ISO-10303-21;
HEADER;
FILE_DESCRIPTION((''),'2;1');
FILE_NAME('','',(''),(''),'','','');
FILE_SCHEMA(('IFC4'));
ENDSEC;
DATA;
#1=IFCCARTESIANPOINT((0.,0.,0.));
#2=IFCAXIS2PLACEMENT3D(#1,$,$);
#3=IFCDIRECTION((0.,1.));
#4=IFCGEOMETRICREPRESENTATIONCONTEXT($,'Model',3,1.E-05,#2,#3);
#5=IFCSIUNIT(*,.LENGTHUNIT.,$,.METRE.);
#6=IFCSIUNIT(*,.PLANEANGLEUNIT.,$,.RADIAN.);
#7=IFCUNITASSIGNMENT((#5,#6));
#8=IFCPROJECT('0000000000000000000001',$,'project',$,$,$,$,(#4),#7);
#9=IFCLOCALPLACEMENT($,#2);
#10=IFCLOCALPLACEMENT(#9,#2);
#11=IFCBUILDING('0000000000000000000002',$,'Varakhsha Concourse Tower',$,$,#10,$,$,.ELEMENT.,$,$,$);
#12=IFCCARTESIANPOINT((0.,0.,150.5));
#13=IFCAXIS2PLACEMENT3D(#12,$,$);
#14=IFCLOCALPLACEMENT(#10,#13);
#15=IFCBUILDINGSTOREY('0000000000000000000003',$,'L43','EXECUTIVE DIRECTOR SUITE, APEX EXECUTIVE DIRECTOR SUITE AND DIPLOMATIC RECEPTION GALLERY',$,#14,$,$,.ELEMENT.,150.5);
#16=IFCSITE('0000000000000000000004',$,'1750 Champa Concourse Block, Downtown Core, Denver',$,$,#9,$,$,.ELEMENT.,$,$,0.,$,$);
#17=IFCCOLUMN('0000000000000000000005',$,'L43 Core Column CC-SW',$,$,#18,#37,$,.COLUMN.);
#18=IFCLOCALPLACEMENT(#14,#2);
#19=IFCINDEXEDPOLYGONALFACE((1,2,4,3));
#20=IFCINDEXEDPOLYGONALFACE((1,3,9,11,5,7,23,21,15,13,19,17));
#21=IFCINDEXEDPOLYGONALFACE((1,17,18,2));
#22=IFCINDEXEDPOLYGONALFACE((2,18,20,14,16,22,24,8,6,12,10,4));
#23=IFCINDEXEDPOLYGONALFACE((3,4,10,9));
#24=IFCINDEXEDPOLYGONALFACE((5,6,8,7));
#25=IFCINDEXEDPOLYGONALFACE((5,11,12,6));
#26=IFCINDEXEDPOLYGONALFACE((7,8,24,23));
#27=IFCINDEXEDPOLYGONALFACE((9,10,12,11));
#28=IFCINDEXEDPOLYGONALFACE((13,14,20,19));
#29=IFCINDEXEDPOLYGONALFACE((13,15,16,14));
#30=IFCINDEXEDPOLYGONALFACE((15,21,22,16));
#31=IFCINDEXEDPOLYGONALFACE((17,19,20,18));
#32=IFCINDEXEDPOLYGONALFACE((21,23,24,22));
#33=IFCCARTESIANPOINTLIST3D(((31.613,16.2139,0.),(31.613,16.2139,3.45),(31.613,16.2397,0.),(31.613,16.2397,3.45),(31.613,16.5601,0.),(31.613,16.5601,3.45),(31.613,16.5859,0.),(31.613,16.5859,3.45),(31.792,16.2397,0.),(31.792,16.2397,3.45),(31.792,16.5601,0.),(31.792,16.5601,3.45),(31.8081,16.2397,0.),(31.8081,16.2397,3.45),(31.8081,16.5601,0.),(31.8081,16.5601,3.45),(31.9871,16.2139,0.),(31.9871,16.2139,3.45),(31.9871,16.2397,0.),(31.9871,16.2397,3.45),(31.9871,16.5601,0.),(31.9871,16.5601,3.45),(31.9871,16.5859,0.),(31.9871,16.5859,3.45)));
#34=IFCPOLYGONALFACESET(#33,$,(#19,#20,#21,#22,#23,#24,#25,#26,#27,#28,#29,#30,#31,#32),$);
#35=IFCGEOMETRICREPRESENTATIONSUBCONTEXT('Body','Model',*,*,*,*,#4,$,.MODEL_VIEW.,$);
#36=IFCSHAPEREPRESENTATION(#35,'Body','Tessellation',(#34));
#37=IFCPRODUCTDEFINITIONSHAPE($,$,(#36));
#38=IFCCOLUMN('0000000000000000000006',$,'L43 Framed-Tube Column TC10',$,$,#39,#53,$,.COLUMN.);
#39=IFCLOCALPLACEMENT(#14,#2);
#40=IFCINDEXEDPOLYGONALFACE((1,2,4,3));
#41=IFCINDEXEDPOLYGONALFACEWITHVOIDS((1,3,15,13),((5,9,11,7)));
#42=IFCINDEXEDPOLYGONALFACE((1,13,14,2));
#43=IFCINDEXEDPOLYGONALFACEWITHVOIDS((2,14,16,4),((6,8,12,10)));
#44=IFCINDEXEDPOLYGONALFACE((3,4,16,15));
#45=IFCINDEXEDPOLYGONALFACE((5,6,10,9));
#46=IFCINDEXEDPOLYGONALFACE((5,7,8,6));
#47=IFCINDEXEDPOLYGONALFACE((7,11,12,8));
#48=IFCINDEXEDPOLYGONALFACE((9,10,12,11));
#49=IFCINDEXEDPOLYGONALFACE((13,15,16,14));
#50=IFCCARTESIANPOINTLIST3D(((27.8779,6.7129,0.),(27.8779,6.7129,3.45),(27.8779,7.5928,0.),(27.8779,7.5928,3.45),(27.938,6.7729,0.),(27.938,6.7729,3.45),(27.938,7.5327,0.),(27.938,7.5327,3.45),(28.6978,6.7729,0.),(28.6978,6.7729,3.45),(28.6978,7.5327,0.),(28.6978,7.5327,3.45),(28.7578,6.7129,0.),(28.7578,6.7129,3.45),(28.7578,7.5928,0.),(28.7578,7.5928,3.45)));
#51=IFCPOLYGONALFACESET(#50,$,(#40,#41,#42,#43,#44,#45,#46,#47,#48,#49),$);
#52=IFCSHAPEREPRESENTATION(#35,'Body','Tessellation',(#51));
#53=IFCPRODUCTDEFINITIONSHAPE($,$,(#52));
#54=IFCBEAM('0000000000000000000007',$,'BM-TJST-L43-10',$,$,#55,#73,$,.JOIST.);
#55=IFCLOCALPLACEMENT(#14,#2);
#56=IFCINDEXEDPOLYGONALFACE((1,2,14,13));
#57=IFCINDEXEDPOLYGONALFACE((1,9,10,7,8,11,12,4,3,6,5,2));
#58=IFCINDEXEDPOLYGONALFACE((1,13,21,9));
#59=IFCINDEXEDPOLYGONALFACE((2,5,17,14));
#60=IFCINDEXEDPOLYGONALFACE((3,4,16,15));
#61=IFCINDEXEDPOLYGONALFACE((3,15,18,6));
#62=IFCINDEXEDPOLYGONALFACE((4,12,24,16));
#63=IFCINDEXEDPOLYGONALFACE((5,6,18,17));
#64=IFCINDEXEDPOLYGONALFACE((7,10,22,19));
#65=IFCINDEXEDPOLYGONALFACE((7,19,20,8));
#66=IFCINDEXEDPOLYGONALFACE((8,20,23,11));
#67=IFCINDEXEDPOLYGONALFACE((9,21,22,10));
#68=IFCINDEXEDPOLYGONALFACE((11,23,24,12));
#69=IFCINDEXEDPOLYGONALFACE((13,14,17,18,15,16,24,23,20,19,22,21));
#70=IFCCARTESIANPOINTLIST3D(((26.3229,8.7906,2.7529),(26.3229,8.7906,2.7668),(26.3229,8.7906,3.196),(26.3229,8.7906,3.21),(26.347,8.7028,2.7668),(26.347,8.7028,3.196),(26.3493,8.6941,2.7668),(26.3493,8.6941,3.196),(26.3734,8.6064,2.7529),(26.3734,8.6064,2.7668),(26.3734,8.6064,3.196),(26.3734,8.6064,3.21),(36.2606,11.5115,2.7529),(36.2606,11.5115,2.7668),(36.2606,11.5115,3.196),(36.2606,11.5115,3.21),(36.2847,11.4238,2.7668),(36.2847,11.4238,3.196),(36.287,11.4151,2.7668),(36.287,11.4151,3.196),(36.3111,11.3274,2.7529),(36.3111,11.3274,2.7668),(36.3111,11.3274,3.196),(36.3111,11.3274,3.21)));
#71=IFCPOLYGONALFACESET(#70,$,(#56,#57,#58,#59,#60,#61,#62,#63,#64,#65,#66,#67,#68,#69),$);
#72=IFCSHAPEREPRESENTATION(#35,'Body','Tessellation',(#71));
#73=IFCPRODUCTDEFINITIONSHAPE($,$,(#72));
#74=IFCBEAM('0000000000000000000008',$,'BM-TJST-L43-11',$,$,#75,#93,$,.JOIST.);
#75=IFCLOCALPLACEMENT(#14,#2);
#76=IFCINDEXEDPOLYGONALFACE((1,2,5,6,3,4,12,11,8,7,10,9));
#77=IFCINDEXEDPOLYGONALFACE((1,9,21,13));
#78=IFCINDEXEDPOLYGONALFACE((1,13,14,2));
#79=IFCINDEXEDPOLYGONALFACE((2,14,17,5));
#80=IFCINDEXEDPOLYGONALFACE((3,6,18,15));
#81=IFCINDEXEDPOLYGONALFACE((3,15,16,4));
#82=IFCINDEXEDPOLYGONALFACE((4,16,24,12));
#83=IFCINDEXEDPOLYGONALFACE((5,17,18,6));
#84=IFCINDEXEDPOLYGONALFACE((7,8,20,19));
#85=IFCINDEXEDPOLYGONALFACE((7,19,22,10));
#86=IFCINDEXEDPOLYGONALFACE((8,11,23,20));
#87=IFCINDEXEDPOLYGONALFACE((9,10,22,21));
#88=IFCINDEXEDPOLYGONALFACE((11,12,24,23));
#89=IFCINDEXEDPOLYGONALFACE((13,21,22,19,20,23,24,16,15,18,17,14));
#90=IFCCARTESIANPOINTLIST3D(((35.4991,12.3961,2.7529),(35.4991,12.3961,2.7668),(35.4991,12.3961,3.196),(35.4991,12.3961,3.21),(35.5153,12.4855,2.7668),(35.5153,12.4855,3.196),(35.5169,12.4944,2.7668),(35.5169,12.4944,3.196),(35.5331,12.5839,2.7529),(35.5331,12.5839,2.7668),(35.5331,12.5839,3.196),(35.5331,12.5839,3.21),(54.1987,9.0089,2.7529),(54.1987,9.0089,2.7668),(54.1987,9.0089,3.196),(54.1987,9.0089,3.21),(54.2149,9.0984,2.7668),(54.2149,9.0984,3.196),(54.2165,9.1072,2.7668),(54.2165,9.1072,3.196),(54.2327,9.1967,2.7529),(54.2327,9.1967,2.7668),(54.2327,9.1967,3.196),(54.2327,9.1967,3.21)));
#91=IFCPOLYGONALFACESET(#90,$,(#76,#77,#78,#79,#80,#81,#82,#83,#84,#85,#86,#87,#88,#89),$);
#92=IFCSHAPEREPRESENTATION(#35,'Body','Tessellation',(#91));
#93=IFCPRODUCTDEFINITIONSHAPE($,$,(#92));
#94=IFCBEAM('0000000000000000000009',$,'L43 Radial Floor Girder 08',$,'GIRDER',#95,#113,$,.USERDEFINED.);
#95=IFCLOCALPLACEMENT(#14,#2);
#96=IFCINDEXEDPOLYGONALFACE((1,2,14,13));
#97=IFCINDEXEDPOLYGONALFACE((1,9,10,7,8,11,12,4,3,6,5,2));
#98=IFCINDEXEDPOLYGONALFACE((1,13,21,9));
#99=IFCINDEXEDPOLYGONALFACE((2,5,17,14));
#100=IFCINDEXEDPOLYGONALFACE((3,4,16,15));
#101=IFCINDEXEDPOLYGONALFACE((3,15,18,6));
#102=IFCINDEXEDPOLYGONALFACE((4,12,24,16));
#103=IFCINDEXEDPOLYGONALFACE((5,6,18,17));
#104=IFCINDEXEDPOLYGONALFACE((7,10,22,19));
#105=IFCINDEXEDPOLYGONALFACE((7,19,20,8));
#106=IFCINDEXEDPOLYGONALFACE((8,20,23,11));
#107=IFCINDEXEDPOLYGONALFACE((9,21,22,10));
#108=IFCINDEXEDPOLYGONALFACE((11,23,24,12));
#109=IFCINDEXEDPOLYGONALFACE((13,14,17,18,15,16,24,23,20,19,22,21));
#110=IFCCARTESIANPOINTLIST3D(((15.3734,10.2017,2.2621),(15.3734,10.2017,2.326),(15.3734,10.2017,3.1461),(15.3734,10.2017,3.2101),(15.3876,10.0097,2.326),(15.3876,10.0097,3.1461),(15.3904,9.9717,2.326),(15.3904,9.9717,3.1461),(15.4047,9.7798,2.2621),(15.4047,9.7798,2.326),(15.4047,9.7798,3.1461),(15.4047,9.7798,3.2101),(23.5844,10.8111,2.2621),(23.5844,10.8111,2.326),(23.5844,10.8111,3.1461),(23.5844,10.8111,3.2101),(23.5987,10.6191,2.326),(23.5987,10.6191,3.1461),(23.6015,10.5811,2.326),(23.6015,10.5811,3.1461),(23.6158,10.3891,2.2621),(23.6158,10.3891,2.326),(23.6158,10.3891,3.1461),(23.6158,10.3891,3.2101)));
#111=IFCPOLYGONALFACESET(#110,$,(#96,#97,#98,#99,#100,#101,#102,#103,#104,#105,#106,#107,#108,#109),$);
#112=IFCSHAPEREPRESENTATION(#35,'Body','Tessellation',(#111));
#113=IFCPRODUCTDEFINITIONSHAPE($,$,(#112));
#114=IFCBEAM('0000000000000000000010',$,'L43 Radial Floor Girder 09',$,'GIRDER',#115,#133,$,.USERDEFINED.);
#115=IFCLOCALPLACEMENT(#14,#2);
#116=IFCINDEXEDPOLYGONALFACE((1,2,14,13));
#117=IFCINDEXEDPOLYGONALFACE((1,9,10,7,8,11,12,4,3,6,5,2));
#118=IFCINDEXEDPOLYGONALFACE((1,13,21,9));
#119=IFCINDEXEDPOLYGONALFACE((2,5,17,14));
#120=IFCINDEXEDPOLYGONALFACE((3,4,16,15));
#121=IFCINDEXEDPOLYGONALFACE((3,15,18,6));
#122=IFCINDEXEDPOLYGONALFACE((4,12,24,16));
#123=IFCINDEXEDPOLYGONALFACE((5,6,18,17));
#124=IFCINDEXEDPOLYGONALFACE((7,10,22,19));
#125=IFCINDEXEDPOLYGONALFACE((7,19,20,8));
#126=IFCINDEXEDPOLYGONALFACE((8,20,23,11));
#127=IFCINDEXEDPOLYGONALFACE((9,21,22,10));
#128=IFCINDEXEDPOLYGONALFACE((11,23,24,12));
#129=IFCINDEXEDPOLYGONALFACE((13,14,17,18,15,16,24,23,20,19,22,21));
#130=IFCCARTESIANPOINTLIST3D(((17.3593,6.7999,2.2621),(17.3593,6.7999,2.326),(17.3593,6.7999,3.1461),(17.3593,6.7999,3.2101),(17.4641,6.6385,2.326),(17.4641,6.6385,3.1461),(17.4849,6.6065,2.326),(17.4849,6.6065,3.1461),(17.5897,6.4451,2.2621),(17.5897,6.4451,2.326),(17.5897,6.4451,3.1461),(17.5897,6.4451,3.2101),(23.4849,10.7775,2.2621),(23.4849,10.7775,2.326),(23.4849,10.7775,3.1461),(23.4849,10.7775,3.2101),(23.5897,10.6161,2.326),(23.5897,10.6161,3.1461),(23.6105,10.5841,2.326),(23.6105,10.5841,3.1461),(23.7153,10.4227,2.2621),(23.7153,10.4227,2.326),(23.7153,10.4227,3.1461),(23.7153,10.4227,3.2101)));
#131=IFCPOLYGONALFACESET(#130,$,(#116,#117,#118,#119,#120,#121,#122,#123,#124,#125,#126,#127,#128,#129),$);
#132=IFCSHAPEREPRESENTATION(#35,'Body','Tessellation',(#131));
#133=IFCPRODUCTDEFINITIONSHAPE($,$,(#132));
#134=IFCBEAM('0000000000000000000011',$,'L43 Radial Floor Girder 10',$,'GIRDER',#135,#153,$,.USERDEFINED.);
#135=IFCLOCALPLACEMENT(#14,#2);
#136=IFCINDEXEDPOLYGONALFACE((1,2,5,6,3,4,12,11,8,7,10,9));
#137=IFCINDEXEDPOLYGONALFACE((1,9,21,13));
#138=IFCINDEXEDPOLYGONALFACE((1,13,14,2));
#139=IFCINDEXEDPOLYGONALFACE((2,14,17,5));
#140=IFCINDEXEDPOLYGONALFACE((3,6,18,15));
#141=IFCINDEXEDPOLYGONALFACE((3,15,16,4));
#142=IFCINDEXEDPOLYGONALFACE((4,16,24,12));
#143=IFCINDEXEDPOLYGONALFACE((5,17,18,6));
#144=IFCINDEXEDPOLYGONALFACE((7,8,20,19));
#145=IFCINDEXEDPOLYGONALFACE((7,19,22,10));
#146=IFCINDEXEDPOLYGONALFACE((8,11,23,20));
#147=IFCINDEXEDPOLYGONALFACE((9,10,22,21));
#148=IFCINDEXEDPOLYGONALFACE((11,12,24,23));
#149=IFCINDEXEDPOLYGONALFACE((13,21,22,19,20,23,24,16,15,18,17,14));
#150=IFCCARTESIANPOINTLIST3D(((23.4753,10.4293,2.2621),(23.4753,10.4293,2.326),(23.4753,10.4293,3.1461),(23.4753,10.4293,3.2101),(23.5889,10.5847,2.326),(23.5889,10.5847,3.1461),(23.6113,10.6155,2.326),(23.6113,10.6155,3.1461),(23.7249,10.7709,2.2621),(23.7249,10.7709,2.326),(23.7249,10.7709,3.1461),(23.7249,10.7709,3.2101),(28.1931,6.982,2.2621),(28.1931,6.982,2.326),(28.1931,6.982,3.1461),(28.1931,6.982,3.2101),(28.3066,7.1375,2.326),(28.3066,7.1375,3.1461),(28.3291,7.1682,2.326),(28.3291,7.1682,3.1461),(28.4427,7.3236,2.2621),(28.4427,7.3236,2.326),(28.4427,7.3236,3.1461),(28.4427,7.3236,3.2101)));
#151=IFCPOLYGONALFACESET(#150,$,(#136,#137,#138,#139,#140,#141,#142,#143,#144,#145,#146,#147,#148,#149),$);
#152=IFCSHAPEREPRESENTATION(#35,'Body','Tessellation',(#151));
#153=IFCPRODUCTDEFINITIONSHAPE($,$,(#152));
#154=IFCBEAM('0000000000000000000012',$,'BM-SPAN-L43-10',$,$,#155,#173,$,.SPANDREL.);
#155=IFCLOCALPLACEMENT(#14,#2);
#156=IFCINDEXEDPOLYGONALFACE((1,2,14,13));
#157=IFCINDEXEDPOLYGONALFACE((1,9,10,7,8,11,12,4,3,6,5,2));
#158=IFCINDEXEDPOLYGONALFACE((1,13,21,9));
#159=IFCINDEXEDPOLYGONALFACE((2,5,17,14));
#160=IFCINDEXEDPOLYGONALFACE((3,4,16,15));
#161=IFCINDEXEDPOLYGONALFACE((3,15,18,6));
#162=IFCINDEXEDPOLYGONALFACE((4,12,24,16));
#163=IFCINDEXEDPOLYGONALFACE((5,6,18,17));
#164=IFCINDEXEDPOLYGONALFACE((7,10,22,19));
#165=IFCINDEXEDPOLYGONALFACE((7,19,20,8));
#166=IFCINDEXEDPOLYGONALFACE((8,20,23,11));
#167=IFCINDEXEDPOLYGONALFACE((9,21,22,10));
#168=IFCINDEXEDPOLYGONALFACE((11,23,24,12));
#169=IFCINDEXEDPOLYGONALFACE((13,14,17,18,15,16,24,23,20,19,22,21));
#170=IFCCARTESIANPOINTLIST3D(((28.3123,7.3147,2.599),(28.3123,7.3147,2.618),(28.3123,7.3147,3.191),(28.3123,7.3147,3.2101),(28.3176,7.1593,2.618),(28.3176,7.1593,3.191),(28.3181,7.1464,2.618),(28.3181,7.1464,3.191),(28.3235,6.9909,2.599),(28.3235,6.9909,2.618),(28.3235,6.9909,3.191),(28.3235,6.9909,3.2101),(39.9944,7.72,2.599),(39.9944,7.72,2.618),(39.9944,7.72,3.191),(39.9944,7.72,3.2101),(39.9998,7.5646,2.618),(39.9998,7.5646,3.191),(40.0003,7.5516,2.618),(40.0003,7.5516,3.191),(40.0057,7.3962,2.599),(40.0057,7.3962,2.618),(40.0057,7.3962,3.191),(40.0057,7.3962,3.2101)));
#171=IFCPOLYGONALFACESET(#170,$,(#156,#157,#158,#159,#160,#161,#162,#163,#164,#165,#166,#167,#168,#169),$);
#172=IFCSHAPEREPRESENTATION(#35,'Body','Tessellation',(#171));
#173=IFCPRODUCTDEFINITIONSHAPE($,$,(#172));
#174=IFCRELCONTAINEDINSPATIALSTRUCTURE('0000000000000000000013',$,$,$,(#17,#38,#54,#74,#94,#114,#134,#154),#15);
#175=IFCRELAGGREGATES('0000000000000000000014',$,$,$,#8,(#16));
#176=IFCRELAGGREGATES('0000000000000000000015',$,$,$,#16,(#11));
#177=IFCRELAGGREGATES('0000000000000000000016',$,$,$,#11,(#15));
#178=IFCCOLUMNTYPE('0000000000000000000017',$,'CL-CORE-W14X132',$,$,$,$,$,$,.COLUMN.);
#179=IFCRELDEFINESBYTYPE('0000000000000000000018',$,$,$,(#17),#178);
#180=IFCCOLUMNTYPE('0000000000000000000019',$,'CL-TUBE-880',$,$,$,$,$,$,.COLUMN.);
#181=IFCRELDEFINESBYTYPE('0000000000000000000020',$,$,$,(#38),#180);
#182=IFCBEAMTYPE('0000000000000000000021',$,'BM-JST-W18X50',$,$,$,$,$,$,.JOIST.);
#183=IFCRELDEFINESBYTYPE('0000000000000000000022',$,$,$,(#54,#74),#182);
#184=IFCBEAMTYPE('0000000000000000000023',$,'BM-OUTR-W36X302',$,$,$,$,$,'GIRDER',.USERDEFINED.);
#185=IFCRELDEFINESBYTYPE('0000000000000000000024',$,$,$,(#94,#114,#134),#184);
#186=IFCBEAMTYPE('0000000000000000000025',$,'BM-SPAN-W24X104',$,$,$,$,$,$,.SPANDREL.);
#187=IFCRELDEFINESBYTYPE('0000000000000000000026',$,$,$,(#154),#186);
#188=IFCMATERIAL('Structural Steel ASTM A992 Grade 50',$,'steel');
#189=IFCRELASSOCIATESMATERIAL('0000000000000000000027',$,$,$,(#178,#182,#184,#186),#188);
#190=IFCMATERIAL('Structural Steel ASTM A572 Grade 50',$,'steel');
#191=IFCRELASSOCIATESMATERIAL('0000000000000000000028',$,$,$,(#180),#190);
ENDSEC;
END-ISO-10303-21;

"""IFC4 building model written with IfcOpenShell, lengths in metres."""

from ifc_helpers import new_model, si_unit, direction, frame, origin, origin_2d, place, context, subcontext, project, spatial, hollow_rectangle, i_section, extrude, material, material_profile, profile_set, type_object, element, save


model = new_model("IFC4")

# Units and contexts
model_context = context("Model", 3, precision=1e-05, world=origin(), true_north=direction((0.0, 1.0)))
body_context = subcontext(model_context, "Body", "Model", "MODEL_VIEW")
ifc_project = project(units=[si_unit("LENGTHUNIT", "METRE"), si_unit("PLANEANGLEUNIT", "RADIAN")], contexts=[model_context])

# Site, building, storey
site_placement = place(None, origin())
site = spatial("IfcSite", under=ifc_project, at=site_placement, Name="1750 Champa Concourse Block, Downtown Core, Denver", CompositionType="ELEMENT", RefElevation=0.0)
building_placement = place(site_placement, origin())
building = spatial("IfcBuilding", under=site, at=building_placement, Name="Varakhsha Concourse Tower", CompositionType="ELEMENT")
storey_placement = place(building_placement, frame((0.0, 0.0, 150.5)))
storey = spatial("IfcBuildingStorey", under=building, at=storey_placement, Name="L43", Description="EXECUTIVE DIRECTOR SUITE, APEX EXECUTIVE DIRECTOR SUITE AND DIPLOMATIC RECEPTION GALLERY", CompositionType="ELEMENT", Elevation=150.5)

# Columns
ifc_material_1 = material(Name="Structural Steel ASTM A992 Grade 50", Category="steel")
ifc_material_profile_1 = material_profile(ifc_material_1, i_section(OverallWidth=0.374, OverallDepth=0.3721, WebThickness=0.0161, FlangeThickness=0.0259, at=origin_2d()), Name="W14X132")
ifc_profile_set_1 = profile_set([ifc_material_profile_1], Name="Structural Steel ASTM A992 Grade 50")
column_type_1 = type_object("IfcColumnType", Name="CL-CORE-W14X132", PredefinedType="COLUMN", material=ifc_profile_set_1)
column_1_placement = place(storey_placement, frame((31.8, 16.3999, 0.0), z_axis=(0.0, 0.0, 1.0), x_axis=(1.0, 0.0, 0.0)))
element("IfcColumn", 1, at=column_1_placement, inside=storey, type_object=column_type_1, Name="L43 Core Column CC-SW", PredefinedType="COLUMN", context=body_context, shape_type="SweptSolid", body=[
    extrude(i_section(OverallWidth=0.374, OverallDepth=0.3721, WebThickness=0.0161, FlangeThickness=0.0259, at=origin_2d()), origin(), (0.0, 0.0, 1.0), 3.45),
])
ifc_material_2 = material(Name="Structural Steel ASTM A572 Grade 50", Category="steel")
ifc_material_profile_2 = material_profile(ifc_material_2, hollow_rectangle(XDim=0.8799, YDim=0.8799, WallThickness=0.0601, at=origin_2d()), Name="BOX 880x880x60")
ifc_profile_set_2 = profile_set([ifc_material_profile_2], Name="Structural Steel ASTM A572 Grade 50")
column_type_2 = type_object("IfcColumnType", Name="CL-TUBE-880", PredefinedType="COLUMN", material=ifc_profile_set_2)
column_2_placement = place(storey_placement, frame((28.3179, 7.1528, 0.0), z_axis=(0.0, 0.0, 1.0), x_axis=(1.0, 0.0, 0.0)))
element("IfcColumn", 2, at=column_2_placement, inside=storey, type_object=column_type_2, Name="L43 Framed-Tube Column TC10", PredefinedType="COLUMN", context=body_context, shape_type="SweptSolid", body=[
    extrude(hollow_rectangle(XDim=0.8799, YDim=0.8799, WallThickness=0.0601, at=origin_2d()), origin(), (0.0, 0.0, 1.0), 3.45),
])

# Beams
ifc_material_profile_3 = material_profile(ifc_material_1, i_section(OverallWidth=0.1909, OverallDepth=0.457, WebThickness=0.009, FlangeThickness=0.0139, at=origin_2d()), Name="W18X50")
ifc_profile_set_3 = profile_set([ifc_material_profile_3], Name="Structural Steel ASTM A992 Grade 50")
beam_type_1 = type_object("IfcBeamType", Name="BM-JST-W18X50", PredefinedType="JOIST", material=ifc_profile_set_3)
beam_1_placement = place(storey_placement, frame((26.3481, 8.6985, 2.9814), z_axis=(0.964501, 0.26408, 0.0), x_axis=(-0.26408, 0.964501, 0.0)))
element("IfcBeam", 3, at=beam_1_placement, inside=storey, type_object=beam_type_1, Name="BM-TJST-L43-10", PredefinedType="JOIST", context=body_context, shape_type="SweptSolid", body=[
    extrude(i_section(OverallWidth=0.1909, OverallDepth=0.457, WebThickness=0.009, FlangeThickness=0.0139, at=origin_2d()), origin(), (0.0, 0.0, 1.0), 10.3035),
])
beam_2_placement = place(storey_placement, frame((35.5161, 12.49, 2.9814), z_axis=(0.983988, -0.178236, 0.0), x_axis=(0.178236, 0.983988, 0.0)))
element("IfcBeam", 4, at=beam_2_placement, inside=storey, type_object=beam_type_1, Name="BM-TJST-L43-11", PredefinedType="JOIST", context=body_context, shape_type="SweptSolid", body=[
    extrude(i_section(OverallWidth=0.1909, OverallDepth=0.457, WebThickness=0.009, FlangeThickness=0.0139, at=origin_2d()), origin(), (0.0, 0.0, 1.0), 19.0039),
])
ifc_material_profile_4 = material_profile(ifc_material_1, i_section(OverallWidth=0.4231, OverallDepth=0.948, WebThickness=0.0381, FlangeThickness=0.064, at=origin_2d()), Name="W36X302")
ifc_profile_set_4 = profile_set([ifc_material_profile_4], Name="Structural Steel ASTM A992 Grade 50")
beam_type_2 = type_object("IfcBeamType", Name="BM-OUTR-W36X302", ElementType="GIRDER", PredefinedType="USERDEFINED", material=ifc_profile_set_4)
beam_3_placement = place(storey_placement, frame((23.6001, 10.6001, 2.7361), z_axis=(-0.997258, -0.074009, 0.0), x_axis=(0.074009, -0.997258, 0.0)))
element("IfcBeam", 5, at=beam_3_placement, inside=storey, type_object=beam_type_2, Name="L43 Radial Floor Girder 08", ObjectType="GIRDER", PredefinedType="USERDEFINED", context=body_context, shape_type="SweptSolid", body=[
    extrude(i_section(OverallWidth=0.4231, OverallDepth=0.948, WebThickness=0.0381, FlangeThickness=0.064, at=origin_2d()), origin(), (0.0, 0.0, 1.0), 8.2336),
])
beam_4_placement = place(storey_placement, frame((23.6001, 10.6001, 2.7361), z_axis=(-0.838696, -0.544601, 0.0), x_axis=(0.544601, -0.838696, 0.0)))
element("IfcBeam", 6, at=beam_4_placement, inside=storey, type_object=beam_type_2, Name="L43 Radial Floor Girder 09", ObjectType="GIRDER", PredefinedType="USERDEFINED", context=body_context, shape_type="SweptSolid", body=[
    extrude(i_section(OverallWidth=0.4231, OverallDepth=0.948, WebThickness=0.0381, FlangeThickness=0.064, at=origin_2d()), origin(), (0.0, 0.0, 1.0), 7.3037),
])
beam_5_placement = place(storey_placement, frame((23.6001, 10.6001, 2.7361), z_axis=(0.807419, -0.589979, 0.0), x_axis=(0.589979, 0.807419, 0.0)))
element("IfcBeam", 7, at=beam_5_placement, inside=storey, type_object=beam_type_2, Name="L43 Radial Floor Girder 10", ObjectType="GIRDER", PredefinedType="USERDEFINED", context=body_context, shape_type="SweptSolid", body=[
    extrude(i_section(OverallWidth=0.4231, OverallDepth=0.948, WebThickness=0.0381, FlangeThickness=0.064, at=origin_2d()), origin(), (0.0, 0.0, 1.0), 5.843),
])
ifc_material_profile_5 = material_profile(ifc_material_1, i_section(OverallWidth=0.324, OverallDepth=0.6111, WebThickness=0.0129, FlangeThickness=0.019, at=origin_2d()), Name="W24X104")
ifc_profile_set_5 = profile_set([ifc_material_profile_5], Name="Structural Steel ASTM A992 Grade 50")
beam_type_3 = type_object("IfcBeamType", Name="BM-SPAN-W24X104", PredefinedType="SPANDREL", material=ifc_profile_set_5)
beam_6_placement = place(storey_placement, frame((28.3179, 7.1528, 2.9045), z_axis=(0.999399, 0.034671, 0.0), x_axis=(-0.034671, 0.999399, 0.0)))
element("IfcBeam", 8, at=beam_6_placement, inside=storey, type_object=beam_type_3, Name="BM-SPAN-L43-10", PredefinedType="SPANDREL", context=body_context, shape_type="SweptSolid", body=[
    extrude(i_section(OverallWidth=0.324, OverallDepth=0.6111, WebThickness=0.0129, FlangeThickness=0.019, at=origin_2d()), origin(), (0.0, 0.0, 1.0), 11.6892),
])

save(model, "model.ifc")
